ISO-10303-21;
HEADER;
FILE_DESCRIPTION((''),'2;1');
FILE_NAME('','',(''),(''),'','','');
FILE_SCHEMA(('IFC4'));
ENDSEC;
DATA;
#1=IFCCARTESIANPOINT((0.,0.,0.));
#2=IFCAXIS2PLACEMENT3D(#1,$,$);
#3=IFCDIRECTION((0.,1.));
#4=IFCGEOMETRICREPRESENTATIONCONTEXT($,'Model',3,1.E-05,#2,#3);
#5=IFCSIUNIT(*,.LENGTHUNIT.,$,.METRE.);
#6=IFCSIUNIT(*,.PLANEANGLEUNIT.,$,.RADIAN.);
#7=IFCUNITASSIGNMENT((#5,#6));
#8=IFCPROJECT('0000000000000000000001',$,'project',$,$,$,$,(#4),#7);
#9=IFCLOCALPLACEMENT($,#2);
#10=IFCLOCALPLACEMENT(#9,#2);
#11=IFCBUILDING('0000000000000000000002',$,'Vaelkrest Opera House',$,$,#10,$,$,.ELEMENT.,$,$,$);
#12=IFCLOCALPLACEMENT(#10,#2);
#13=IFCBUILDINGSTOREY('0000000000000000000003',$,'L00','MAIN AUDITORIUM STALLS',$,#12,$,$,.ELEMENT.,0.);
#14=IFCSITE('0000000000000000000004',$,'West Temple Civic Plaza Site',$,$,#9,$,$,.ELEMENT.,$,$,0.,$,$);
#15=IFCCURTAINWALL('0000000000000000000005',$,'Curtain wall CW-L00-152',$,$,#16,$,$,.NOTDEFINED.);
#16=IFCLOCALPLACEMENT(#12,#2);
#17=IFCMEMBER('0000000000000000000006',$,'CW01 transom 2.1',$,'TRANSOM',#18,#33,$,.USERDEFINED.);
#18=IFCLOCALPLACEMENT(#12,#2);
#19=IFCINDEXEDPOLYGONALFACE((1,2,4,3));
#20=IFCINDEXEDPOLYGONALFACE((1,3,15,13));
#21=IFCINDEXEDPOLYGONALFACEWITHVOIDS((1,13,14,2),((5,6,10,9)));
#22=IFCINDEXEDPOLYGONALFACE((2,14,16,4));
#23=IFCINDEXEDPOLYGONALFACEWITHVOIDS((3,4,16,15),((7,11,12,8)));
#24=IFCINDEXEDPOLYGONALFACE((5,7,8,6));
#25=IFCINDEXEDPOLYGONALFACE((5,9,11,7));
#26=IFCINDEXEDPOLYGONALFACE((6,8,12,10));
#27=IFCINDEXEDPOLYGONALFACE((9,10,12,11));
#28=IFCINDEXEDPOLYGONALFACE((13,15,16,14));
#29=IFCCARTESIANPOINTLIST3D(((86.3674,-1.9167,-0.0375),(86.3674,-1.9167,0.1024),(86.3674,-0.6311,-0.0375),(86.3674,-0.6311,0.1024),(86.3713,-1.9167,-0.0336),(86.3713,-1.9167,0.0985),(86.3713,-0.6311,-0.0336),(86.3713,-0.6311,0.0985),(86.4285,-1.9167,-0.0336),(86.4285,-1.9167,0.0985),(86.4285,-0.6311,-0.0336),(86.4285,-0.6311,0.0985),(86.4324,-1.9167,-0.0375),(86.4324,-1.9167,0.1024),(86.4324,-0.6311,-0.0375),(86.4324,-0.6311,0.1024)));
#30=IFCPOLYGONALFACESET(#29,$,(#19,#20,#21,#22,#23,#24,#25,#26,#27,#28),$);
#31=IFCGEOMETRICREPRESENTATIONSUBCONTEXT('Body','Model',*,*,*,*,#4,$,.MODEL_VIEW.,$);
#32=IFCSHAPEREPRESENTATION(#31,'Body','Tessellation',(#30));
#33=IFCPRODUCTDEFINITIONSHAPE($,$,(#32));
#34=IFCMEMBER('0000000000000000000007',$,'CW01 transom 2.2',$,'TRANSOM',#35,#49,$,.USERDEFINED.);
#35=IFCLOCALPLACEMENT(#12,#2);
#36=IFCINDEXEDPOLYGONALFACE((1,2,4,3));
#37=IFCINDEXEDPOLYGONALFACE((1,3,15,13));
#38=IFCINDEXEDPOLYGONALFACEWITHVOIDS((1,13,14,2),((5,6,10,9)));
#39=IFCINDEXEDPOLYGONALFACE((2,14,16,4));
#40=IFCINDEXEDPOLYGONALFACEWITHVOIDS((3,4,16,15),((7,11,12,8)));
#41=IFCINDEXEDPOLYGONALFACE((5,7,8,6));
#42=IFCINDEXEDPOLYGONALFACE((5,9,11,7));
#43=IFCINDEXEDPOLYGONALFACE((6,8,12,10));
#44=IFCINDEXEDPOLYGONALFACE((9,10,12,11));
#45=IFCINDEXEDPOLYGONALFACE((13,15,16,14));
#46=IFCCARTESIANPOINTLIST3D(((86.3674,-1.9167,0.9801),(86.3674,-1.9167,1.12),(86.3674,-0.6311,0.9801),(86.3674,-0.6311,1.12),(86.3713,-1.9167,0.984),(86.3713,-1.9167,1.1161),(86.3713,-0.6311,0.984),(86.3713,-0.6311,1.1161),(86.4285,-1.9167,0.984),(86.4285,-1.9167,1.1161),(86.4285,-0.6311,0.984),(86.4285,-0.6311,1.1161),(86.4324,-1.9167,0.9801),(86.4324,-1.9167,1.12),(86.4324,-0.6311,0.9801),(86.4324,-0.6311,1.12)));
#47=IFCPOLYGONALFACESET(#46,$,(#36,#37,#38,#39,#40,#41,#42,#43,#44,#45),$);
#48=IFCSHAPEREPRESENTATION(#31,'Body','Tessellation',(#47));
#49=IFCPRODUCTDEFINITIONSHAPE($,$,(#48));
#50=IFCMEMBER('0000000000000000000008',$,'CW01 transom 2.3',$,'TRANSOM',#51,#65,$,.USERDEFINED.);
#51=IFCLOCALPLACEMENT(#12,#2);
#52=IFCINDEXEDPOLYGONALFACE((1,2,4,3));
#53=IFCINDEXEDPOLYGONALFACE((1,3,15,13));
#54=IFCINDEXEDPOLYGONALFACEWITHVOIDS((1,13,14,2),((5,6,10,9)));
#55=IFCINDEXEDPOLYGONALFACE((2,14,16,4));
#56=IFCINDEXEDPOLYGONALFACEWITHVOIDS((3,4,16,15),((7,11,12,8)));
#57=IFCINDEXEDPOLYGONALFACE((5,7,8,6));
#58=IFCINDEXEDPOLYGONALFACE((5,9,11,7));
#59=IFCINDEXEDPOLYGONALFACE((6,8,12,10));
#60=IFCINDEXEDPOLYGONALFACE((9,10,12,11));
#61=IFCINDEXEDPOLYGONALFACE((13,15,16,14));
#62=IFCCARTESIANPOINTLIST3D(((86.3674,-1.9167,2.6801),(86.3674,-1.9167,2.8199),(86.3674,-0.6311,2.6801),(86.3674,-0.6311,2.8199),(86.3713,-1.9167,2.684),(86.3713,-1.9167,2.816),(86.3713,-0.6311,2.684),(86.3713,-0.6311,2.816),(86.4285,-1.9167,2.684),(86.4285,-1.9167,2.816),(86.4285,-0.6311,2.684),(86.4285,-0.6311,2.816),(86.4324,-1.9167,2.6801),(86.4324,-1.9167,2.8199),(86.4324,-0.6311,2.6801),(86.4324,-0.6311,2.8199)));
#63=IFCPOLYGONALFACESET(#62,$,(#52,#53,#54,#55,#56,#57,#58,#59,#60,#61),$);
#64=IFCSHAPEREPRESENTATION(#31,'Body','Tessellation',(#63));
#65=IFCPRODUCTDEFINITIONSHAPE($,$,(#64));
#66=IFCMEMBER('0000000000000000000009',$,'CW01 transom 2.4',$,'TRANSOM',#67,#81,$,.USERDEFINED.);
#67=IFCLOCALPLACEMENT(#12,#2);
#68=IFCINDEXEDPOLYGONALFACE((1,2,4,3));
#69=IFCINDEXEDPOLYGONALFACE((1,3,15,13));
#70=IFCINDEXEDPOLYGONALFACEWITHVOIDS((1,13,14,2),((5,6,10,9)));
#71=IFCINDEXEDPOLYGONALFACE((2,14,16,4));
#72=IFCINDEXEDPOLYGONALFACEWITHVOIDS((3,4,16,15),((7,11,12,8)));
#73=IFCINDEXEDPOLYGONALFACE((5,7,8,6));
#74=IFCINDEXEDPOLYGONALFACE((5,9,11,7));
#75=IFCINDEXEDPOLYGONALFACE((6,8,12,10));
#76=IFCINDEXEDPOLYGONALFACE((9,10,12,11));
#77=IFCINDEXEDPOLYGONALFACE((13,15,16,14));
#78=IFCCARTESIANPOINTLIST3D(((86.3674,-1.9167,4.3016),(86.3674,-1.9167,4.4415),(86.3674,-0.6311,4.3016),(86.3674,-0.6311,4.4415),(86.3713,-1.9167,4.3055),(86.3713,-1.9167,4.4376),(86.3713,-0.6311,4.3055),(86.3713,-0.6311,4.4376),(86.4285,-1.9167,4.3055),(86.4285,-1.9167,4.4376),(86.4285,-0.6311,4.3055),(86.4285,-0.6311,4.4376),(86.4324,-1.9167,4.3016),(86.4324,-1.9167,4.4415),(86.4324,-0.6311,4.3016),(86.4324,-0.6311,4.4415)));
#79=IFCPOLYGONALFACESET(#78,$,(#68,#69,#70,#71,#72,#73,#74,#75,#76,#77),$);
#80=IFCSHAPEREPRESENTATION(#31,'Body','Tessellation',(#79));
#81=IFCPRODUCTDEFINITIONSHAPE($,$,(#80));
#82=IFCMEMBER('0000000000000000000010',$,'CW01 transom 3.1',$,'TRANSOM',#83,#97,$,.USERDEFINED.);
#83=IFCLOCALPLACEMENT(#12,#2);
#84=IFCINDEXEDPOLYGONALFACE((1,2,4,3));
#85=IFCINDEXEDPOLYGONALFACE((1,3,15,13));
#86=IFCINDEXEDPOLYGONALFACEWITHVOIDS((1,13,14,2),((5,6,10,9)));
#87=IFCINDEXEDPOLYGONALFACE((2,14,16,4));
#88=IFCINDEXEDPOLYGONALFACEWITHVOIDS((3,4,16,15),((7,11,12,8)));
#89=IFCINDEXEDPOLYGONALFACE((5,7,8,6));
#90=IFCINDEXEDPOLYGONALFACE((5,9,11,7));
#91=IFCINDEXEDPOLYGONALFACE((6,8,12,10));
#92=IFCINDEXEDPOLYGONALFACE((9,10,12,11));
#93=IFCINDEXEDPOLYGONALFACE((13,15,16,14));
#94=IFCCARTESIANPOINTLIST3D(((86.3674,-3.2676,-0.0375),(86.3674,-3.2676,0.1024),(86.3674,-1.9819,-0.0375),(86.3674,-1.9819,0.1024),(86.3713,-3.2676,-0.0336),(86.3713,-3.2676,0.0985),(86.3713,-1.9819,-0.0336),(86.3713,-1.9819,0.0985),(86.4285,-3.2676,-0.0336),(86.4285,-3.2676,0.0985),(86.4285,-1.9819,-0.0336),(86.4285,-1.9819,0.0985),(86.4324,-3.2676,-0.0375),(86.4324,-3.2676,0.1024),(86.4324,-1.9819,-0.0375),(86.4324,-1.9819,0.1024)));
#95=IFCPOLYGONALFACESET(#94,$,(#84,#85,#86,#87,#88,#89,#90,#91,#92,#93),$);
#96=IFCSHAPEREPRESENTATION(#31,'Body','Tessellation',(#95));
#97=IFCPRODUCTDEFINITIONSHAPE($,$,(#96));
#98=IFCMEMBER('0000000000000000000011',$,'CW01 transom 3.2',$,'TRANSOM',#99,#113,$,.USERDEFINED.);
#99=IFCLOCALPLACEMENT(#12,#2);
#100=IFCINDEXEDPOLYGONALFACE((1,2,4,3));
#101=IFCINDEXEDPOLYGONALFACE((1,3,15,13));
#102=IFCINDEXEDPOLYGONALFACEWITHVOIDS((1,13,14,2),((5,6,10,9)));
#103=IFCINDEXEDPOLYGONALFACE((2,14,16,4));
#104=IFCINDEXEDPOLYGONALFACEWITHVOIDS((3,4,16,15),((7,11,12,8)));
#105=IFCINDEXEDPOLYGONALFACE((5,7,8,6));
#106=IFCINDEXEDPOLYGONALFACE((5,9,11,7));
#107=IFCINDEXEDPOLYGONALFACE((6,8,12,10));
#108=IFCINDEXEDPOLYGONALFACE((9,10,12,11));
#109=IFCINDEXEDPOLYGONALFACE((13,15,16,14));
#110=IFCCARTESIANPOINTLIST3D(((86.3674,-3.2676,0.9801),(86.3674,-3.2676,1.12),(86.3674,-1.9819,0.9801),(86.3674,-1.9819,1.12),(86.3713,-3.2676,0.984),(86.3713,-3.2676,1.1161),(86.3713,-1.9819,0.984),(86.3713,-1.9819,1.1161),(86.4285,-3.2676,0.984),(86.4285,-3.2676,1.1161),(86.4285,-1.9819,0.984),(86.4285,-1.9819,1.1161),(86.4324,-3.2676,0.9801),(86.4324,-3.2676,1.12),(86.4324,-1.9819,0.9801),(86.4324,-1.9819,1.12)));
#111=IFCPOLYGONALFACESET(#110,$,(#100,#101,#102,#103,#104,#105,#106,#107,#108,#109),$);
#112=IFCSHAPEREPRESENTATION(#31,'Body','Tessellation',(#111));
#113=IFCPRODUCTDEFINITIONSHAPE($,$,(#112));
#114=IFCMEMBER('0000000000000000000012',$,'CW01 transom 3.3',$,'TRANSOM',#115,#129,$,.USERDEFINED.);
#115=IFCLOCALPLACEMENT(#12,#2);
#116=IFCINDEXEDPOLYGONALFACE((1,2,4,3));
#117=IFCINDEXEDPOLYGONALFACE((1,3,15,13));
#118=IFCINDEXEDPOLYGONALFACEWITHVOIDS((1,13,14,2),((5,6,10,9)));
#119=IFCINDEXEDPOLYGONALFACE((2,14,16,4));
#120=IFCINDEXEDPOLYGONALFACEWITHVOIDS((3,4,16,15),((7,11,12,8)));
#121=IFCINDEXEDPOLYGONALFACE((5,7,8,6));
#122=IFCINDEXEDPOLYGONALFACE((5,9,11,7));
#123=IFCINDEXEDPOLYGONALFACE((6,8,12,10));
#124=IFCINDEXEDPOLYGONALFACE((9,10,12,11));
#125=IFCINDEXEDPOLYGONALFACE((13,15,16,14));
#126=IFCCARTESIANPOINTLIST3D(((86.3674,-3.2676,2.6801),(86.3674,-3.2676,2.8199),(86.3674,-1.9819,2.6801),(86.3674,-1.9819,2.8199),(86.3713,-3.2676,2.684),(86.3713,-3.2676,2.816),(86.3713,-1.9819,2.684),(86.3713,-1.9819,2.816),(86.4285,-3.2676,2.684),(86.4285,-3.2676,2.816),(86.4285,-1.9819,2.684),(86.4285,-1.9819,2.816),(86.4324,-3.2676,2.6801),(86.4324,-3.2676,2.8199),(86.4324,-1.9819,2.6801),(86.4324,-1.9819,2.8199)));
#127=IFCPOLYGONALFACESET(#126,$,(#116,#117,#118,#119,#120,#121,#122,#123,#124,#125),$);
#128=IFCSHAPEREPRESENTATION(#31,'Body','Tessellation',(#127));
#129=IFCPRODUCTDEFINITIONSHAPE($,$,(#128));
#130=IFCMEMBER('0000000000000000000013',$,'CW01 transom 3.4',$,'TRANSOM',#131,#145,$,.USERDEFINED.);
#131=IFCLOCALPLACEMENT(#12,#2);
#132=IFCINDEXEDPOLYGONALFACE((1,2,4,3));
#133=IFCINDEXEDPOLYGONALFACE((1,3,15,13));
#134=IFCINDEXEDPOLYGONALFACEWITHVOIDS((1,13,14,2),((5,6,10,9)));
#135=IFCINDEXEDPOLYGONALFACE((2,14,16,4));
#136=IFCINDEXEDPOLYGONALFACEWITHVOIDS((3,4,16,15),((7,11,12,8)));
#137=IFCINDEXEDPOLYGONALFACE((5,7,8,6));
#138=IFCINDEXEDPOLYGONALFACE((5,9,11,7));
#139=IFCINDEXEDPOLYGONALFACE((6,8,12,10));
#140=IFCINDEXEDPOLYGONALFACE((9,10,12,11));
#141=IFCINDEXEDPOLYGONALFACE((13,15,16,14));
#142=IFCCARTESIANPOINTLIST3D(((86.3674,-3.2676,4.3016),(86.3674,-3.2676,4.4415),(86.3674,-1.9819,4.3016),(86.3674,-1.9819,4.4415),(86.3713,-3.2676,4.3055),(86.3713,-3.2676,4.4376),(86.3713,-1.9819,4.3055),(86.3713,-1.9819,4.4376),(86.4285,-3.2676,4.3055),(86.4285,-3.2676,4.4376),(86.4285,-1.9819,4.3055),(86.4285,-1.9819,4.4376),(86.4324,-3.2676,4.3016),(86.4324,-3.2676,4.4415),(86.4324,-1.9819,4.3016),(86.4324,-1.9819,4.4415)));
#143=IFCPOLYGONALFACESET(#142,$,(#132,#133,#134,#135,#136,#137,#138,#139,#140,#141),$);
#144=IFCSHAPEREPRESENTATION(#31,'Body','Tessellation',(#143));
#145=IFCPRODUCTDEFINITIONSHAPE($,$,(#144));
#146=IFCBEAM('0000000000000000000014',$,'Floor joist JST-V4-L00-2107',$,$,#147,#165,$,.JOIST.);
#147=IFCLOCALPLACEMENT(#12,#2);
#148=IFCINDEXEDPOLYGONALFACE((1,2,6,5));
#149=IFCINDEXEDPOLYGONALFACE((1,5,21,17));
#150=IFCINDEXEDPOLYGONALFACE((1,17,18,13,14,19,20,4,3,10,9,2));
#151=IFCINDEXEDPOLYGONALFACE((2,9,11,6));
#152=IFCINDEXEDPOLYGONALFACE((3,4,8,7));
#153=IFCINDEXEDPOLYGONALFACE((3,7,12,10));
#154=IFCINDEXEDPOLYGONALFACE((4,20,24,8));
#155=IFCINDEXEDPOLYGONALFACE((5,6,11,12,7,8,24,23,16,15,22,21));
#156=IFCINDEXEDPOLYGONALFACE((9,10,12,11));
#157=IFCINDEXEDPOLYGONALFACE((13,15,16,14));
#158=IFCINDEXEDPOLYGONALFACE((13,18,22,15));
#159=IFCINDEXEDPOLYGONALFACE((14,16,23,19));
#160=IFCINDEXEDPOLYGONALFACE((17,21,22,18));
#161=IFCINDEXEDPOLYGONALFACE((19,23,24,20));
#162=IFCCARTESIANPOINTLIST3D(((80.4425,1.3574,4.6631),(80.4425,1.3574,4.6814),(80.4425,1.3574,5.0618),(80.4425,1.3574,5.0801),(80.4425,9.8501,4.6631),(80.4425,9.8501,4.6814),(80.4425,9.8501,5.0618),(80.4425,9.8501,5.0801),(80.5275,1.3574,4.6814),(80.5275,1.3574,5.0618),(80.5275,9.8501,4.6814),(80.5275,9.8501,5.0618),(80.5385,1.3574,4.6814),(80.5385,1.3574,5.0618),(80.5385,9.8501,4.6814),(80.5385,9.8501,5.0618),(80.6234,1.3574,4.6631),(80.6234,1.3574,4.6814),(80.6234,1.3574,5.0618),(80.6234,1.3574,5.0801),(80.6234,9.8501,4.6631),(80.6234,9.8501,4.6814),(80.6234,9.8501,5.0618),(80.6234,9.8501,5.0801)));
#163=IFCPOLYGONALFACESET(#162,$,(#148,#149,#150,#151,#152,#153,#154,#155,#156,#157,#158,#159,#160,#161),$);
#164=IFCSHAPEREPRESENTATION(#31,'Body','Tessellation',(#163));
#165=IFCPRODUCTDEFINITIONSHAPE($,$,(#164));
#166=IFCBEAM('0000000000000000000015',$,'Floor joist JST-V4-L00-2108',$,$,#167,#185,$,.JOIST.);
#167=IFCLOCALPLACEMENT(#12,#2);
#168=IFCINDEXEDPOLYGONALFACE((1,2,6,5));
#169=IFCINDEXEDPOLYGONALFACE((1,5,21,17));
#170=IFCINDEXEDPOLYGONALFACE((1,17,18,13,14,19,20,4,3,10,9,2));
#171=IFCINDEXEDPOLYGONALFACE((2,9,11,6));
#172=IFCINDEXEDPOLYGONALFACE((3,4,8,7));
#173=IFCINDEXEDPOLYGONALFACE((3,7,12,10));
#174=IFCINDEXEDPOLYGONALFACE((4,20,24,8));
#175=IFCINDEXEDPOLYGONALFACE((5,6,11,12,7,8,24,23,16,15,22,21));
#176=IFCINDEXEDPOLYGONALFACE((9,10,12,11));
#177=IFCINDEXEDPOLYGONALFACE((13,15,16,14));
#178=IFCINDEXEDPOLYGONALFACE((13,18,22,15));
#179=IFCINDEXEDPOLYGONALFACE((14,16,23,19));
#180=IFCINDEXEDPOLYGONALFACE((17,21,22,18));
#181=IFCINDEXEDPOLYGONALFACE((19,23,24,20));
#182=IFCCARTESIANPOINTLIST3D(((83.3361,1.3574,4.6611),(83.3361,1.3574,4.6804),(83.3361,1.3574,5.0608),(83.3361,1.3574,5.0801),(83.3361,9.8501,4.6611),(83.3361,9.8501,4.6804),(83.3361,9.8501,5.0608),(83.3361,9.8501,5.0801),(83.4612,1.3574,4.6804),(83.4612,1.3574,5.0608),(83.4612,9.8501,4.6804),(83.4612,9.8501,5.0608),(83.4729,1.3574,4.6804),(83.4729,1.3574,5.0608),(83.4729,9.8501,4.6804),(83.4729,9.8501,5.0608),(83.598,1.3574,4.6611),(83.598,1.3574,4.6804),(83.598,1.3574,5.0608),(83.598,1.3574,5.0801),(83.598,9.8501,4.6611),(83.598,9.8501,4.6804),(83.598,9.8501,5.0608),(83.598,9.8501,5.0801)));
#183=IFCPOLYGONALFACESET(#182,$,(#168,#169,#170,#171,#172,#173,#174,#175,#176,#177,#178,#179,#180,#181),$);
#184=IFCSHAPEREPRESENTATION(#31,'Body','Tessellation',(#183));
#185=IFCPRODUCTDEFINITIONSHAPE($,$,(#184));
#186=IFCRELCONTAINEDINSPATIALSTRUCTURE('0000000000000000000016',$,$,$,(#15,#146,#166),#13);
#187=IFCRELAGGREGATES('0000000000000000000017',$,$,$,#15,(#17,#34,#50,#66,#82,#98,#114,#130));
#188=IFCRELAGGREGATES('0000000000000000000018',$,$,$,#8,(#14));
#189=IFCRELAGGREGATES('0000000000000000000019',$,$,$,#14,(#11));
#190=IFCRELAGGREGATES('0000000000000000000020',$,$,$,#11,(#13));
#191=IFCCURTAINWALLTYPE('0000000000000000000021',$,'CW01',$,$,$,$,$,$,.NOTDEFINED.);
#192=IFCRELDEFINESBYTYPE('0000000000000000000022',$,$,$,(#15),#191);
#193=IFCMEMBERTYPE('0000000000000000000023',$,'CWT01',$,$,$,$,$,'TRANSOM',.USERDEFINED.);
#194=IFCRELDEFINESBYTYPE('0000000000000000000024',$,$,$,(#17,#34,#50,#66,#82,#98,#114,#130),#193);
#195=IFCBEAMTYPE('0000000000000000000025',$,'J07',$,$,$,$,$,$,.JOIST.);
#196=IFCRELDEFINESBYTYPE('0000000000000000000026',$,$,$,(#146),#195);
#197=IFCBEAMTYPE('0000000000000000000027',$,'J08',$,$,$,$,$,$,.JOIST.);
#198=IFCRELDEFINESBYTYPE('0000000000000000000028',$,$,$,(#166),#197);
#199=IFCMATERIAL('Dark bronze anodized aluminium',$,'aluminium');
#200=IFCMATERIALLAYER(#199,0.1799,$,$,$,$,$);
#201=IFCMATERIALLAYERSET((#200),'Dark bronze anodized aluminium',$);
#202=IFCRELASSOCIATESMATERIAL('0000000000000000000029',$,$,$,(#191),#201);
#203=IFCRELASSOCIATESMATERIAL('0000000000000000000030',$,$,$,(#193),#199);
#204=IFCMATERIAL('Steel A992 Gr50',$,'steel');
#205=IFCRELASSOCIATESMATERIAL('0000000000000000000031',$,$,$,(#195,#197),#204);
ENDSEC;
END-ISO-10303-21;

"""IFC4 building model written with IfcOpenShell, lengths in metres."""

from ifc_helpers import new_model, si_unit, direction, frame, origin, origin_2d, place, context, subcontext, project, spatial, hollow_rectangle, i_section, extrude, material, layer, layer_set, material_profile, profile_set, type_object, element, aggregate, save


model = new_model("IFC4")

# Units and contexts
model_context = context("Model", 3, precision=1e-05, world=origin(), true_north=direction((0.0, 1.0)))
body_context = subcontext(model_context, "Body", "Model", "MODEL_VIEW")
ifc_project = project(units=[si_unit("LENGTHUNIT", "METRE"), si_unit("PLANEANGLEUNIT", "RADIAN")], contexts=[model_context])

# Site, building, storey
site_placement = place(None, origin())
site = spatial("IfcSite", under=ifc_project, at=site_placement, Name="West Temple Civic Plaza Site", CompositionType="ELEMENT", RefElevation=0.0)
building_placement = place(site_placement, origin())
building = spatial("IfcBuilding", under=site, at=building_placement, Name="Vaelkrest Opera House", CompositionType="ELEMENT")
storey_placement = place(building_placement, origin())
storey = spatial("IfcBuildingStorey", under=building, at=storey_placement, Name="L00", Description="MAIN AUDITORIUM STALLS", CompositionType="ELEMENT", Elevation=0.0)

# Shared definitions
ifc_material_1 = material(Name="Steel A992 Gr50", Category="steel")

# Curtain wall, members
ifc_material_2 = material(Name="Dark bronze anodized aluminium", Category="aluminium")
ifc_layer_1 = layer(ifc_material_2, 0.1799)
ifc_layer_set_1 = layer_set([ifc_layer_1], Name="Dark bronze anodized aluminium")
curtain_wall_type = type_object("IfcCurtainWallType", Name="CW01", PredefinedType="NOTDEFINED", material=ifc_layer_set_1)
curtain_wall_placement = place(storey_placement, origin())
curtain_wall = element("IfcCurtainWall", 1, at=curtain_wall_placement, inside=storey, type_object=curtain_wall_type, Name="Curtain wall CW-L00-152", PredefinedType="NOTDEFINED")
ifc_material_profile_1 = material_profile(ifc_material_2, hollow_rectangle(XDim=0.0649, YDim=0.1399, WallThickness=0.0039, at=origin_2d()), Name="CWT65X140")
ifc_profile_set_1 = profile_set([ifc_material_profile_1], Name="Dark bronze anodized aluminium")
member_type_1 = type_object("IfcMemberType", Name="CWT01", ElementType="TRANSOM", PredefinedType="USERDEFINED", material=ifc_profile_set_1)
member_1_placement = place(storey_placement, frame((86.3999, -0.6311, 0.0325), z_axis=(0.0, -1.0, 0.0), x_axis=(1.0, 0.0, 0.0)))
member_1 = element("IfcMember", 2, at=member_1_placement, type_object=member_type_1, Name="CW01 transom 2.1", ObjectType="TRANSOM", PredefinedType="USERDEFINED", context=body_context, shape_type="SweptSolid", body=[
    extrude(hollow_rectangle(XDim=0.0649, YDim=0.1399, WallThickness=0.0039, at=origin_2d()), origin(), (0.0, 0.0, 1.0), 1.2856),
])
member_2_placement = place(storey_placement, frame((86.3999, -0.6311, 1.05), z_axis=(0.0, -1.0, 0.0), x_axis=(1.0, 0.0, 0.0)))
member_2 = element("IfcMember", 3, at=member_2_placement, type_object=member_type_1, Name="CW01 transom 2.2", ObjectType="TRANSOM", PredefinedType="USERDEFINED", context=body_context, shape_type="SweptSolid", body=[
    extrude(hollow_rectangle(XDim=0.0649, YDim=0.1399, WallThickness=0.0039, at=origin_2d()), origin(), (0.0, 0.0, 1.0), 1.2856),
])
member_3_placement = place(storey_placement, frame((86.3999, -0.6311, 2.75), z_axis=(0.0, -1.0, 0.0), x_axis=(1.0, 0.0, 0.0)))
member_3 = element("IfcMember", 4, at=member_3_placement, type_object=member_type_1, Name="CW01 transom 2.3", ObjectType="TRANSOM", PredefinedType="USERDEFINED", context=body_context, shape_type="SweptSolid", body=[
    extrude(hollow_rectangle(XDim=0.0649, YDim=0.1399, WallThickness=0.0039, at=origin_2d()), origin(), (0.0, 0.0, 1.0), 1.2856),
])
member_4_placement = place(storey_placement, frame((86.3999, -0.6311, 4.3716), z_axis=(0.0, -1.0, 0.0), x_axis=(1.0, 0.0, 0.0)))
member_4 = element("IfcMember", 5, at=member_4_placement, type_object=member_type_1, Name="CW01 transom 2.4", ObjectType="TRANSOM", PredefinedType="USERDEFINED", context=body_context, shape_type="SweptSolid", body=[
    extrude(hollow_rectangle(XDim=0.0649, YDim=0.1399, WallThickness=0.0039, at=origin_2d()), origin(), (0.0, 0.0, 1.0), 1.2856),
])
member_5_placement = place(storey_placement, frame((86.3999, -1.9819, 0.0325), z_axis=(0.0, -1.0, 0.0), x_axis=(1.0, 0.0, 0.0)))
member_5 = element("IfcMember", 6, at=member_5_placement, type_object=member_type_1, Name="CW01 transom 3.1", ObjectType="TRANSOM", PredefinedType="USERDEFINED", context=body_context, shape_type="SweptSolid", body=[
    extrude(hollow_rectangle(XDim=0.0649, YDim=0.1399, WallThickness=0.0039, at=origin_2d()), origin(), (0.0, 0.0, 1.0), 1.2856),
])
member_6_placement = place(storey_placement, frame((86.3999, -1.9819, 1.05), z_axis=(0.0, -1.0, 0.0), x_axis=(1.0, 0.0, 0.0)))
member_6 = element("IfcMember", 7, at=member_6_placement, type_object=member_type_1, Name="CW01 transom 3.2", ObjectType="TRANSOM", PredefinedType="USERDEFINED", context=body_context, shape_type="SweptSolid", body=[
    extrude(hollow_rectangle(XDim=0.0649, YDim=0.1399, WallThickness=0.0039, at=origin_2d()), origin(), (0.0, 0.0, 1.0), 1.2856),
])
member_7_placement = place(storey_placement, frame((86.3999, -1.9819, 2.75), z_axis=(0.0, -1.0, 0.0), x_axis=(1.0, 0.0, 0.0)))
member_7 = element("IfcMember", 8, at=member_7_placement, type_object=member_type_1, Name="CW01 transom 3.3", ObjectType="TRANSOM", PredefinedType="USERDEFINED", context=body_context, shape_type="SweptSolid", body=[
    extrude(hollow_rectangle(XDim=0.0649, YDim=0.1399, WallThickness=0.0039, at=origin_2d()), origin(), (0.0, 0.0, 1.0), 1.2856),
])
member_8_placement = place(storey_placement, frame((86.3999, -1.9819, 4.3716), z_axis=(0.0, -1.0, 0.0), x_axis=(1.0, 0.0, 0.0)))
member_8 = element("IfcMember", 9, at=member_8_placement, type_object=member_type_1, Name="CW01 transom 3.4", ObjectType="TRANSOM", PredefinedType="USERDEFINED", context=body_context, shape_type="SweptSolid", body=[
    extrude(hollow_rectangle(XDim=0.0649, YDim=0.1399, WallThickness=0.0039, at=origin_2d()), origin(), (0.0, 0.0, 1.0), 1.2856),
])

# Beams
ifc_material_profile_2 = material_profile(ifc_material_1, i_section(OverallWidth=0.1809, OverallDepth=0.417, WebThickness=0.011, FlangeThickness=0.0183, at=origin_2d()), Name="W16X57")
ifc_profile_set_2 = profile_set([ifc_material_profile_2], Name="Steel A992 Gr50")
beam_type_1 = type_object("IfcBeamType", Name="J07", PredefinedType="JOIST", material=ifc_profile_set_2)
beam_1_placement = place(storey_placement, frame((80.533, 1.3574, 4.8716), z_axis=(0.0, 1.0, 0.0), x_axis=(-1.0, 0.0, 0.0)))
element("IfcBeam", 10, at=beam_1_placement, inside=storey, type_object=beam_type_1, Name="Floor joist JST-V4-L00-2107", PredefinedType="JOIST", context=body_context, shape_type="SweptSolid", body=[
    extrude(i_section(OverallWidth=0.1809, OverallDepth=0.417, WebThickness=0.011, FlangeThickness=0.0183, at=origin_2d()), origin(), (0.0, 0.0, 1.0), 8.4927),
])
ifc_material_profile_3 = material_profile(ifc_material_1, i_section(OverallWidth=0.262, OverallDepth=0.4189, WebThickness=0.0117, FlangeThickness=0.0193, at=origin_2d()), Name="W16X77")
ifc_profile_set_3 = profile_set([ifc_material_profile_3], Name="Steel A992 Gr50")
beam_type_2 = type_object("IfcBeamType", Name="J08", PredefinedType="JOIST", material=ifc_profile_set_3)
beam_2_placement = place(storey_placement, frame((83.467, 1.3574, 4.8706), z_axis=(0.0, 1.0, 0.0), x_axis=(-1.0, 0.0, 0.0)))
element("IfcBeam", 11, at=beam_2_placement, inside=storey, type_object=beam_type_2, Name="Floor joist JST-V4-L00-2108", PredefinedType="JOIST", context=body_context, shape_type="SweptSolid", body=[
    extrude(i_section(OverallWidth=0.262, OverallDepth=0.4189, WebThickness=0.0117, FlangeThickness=0.0193, at=origin_2d()), origin(), (0.0, 0.0, 1.0), 8.4927),
])

aggregate(curtain_wall, [member_1, member_2, member_3, member_4, member_5, member_6, member_7, member_8])

save(model, "model.ifc")
